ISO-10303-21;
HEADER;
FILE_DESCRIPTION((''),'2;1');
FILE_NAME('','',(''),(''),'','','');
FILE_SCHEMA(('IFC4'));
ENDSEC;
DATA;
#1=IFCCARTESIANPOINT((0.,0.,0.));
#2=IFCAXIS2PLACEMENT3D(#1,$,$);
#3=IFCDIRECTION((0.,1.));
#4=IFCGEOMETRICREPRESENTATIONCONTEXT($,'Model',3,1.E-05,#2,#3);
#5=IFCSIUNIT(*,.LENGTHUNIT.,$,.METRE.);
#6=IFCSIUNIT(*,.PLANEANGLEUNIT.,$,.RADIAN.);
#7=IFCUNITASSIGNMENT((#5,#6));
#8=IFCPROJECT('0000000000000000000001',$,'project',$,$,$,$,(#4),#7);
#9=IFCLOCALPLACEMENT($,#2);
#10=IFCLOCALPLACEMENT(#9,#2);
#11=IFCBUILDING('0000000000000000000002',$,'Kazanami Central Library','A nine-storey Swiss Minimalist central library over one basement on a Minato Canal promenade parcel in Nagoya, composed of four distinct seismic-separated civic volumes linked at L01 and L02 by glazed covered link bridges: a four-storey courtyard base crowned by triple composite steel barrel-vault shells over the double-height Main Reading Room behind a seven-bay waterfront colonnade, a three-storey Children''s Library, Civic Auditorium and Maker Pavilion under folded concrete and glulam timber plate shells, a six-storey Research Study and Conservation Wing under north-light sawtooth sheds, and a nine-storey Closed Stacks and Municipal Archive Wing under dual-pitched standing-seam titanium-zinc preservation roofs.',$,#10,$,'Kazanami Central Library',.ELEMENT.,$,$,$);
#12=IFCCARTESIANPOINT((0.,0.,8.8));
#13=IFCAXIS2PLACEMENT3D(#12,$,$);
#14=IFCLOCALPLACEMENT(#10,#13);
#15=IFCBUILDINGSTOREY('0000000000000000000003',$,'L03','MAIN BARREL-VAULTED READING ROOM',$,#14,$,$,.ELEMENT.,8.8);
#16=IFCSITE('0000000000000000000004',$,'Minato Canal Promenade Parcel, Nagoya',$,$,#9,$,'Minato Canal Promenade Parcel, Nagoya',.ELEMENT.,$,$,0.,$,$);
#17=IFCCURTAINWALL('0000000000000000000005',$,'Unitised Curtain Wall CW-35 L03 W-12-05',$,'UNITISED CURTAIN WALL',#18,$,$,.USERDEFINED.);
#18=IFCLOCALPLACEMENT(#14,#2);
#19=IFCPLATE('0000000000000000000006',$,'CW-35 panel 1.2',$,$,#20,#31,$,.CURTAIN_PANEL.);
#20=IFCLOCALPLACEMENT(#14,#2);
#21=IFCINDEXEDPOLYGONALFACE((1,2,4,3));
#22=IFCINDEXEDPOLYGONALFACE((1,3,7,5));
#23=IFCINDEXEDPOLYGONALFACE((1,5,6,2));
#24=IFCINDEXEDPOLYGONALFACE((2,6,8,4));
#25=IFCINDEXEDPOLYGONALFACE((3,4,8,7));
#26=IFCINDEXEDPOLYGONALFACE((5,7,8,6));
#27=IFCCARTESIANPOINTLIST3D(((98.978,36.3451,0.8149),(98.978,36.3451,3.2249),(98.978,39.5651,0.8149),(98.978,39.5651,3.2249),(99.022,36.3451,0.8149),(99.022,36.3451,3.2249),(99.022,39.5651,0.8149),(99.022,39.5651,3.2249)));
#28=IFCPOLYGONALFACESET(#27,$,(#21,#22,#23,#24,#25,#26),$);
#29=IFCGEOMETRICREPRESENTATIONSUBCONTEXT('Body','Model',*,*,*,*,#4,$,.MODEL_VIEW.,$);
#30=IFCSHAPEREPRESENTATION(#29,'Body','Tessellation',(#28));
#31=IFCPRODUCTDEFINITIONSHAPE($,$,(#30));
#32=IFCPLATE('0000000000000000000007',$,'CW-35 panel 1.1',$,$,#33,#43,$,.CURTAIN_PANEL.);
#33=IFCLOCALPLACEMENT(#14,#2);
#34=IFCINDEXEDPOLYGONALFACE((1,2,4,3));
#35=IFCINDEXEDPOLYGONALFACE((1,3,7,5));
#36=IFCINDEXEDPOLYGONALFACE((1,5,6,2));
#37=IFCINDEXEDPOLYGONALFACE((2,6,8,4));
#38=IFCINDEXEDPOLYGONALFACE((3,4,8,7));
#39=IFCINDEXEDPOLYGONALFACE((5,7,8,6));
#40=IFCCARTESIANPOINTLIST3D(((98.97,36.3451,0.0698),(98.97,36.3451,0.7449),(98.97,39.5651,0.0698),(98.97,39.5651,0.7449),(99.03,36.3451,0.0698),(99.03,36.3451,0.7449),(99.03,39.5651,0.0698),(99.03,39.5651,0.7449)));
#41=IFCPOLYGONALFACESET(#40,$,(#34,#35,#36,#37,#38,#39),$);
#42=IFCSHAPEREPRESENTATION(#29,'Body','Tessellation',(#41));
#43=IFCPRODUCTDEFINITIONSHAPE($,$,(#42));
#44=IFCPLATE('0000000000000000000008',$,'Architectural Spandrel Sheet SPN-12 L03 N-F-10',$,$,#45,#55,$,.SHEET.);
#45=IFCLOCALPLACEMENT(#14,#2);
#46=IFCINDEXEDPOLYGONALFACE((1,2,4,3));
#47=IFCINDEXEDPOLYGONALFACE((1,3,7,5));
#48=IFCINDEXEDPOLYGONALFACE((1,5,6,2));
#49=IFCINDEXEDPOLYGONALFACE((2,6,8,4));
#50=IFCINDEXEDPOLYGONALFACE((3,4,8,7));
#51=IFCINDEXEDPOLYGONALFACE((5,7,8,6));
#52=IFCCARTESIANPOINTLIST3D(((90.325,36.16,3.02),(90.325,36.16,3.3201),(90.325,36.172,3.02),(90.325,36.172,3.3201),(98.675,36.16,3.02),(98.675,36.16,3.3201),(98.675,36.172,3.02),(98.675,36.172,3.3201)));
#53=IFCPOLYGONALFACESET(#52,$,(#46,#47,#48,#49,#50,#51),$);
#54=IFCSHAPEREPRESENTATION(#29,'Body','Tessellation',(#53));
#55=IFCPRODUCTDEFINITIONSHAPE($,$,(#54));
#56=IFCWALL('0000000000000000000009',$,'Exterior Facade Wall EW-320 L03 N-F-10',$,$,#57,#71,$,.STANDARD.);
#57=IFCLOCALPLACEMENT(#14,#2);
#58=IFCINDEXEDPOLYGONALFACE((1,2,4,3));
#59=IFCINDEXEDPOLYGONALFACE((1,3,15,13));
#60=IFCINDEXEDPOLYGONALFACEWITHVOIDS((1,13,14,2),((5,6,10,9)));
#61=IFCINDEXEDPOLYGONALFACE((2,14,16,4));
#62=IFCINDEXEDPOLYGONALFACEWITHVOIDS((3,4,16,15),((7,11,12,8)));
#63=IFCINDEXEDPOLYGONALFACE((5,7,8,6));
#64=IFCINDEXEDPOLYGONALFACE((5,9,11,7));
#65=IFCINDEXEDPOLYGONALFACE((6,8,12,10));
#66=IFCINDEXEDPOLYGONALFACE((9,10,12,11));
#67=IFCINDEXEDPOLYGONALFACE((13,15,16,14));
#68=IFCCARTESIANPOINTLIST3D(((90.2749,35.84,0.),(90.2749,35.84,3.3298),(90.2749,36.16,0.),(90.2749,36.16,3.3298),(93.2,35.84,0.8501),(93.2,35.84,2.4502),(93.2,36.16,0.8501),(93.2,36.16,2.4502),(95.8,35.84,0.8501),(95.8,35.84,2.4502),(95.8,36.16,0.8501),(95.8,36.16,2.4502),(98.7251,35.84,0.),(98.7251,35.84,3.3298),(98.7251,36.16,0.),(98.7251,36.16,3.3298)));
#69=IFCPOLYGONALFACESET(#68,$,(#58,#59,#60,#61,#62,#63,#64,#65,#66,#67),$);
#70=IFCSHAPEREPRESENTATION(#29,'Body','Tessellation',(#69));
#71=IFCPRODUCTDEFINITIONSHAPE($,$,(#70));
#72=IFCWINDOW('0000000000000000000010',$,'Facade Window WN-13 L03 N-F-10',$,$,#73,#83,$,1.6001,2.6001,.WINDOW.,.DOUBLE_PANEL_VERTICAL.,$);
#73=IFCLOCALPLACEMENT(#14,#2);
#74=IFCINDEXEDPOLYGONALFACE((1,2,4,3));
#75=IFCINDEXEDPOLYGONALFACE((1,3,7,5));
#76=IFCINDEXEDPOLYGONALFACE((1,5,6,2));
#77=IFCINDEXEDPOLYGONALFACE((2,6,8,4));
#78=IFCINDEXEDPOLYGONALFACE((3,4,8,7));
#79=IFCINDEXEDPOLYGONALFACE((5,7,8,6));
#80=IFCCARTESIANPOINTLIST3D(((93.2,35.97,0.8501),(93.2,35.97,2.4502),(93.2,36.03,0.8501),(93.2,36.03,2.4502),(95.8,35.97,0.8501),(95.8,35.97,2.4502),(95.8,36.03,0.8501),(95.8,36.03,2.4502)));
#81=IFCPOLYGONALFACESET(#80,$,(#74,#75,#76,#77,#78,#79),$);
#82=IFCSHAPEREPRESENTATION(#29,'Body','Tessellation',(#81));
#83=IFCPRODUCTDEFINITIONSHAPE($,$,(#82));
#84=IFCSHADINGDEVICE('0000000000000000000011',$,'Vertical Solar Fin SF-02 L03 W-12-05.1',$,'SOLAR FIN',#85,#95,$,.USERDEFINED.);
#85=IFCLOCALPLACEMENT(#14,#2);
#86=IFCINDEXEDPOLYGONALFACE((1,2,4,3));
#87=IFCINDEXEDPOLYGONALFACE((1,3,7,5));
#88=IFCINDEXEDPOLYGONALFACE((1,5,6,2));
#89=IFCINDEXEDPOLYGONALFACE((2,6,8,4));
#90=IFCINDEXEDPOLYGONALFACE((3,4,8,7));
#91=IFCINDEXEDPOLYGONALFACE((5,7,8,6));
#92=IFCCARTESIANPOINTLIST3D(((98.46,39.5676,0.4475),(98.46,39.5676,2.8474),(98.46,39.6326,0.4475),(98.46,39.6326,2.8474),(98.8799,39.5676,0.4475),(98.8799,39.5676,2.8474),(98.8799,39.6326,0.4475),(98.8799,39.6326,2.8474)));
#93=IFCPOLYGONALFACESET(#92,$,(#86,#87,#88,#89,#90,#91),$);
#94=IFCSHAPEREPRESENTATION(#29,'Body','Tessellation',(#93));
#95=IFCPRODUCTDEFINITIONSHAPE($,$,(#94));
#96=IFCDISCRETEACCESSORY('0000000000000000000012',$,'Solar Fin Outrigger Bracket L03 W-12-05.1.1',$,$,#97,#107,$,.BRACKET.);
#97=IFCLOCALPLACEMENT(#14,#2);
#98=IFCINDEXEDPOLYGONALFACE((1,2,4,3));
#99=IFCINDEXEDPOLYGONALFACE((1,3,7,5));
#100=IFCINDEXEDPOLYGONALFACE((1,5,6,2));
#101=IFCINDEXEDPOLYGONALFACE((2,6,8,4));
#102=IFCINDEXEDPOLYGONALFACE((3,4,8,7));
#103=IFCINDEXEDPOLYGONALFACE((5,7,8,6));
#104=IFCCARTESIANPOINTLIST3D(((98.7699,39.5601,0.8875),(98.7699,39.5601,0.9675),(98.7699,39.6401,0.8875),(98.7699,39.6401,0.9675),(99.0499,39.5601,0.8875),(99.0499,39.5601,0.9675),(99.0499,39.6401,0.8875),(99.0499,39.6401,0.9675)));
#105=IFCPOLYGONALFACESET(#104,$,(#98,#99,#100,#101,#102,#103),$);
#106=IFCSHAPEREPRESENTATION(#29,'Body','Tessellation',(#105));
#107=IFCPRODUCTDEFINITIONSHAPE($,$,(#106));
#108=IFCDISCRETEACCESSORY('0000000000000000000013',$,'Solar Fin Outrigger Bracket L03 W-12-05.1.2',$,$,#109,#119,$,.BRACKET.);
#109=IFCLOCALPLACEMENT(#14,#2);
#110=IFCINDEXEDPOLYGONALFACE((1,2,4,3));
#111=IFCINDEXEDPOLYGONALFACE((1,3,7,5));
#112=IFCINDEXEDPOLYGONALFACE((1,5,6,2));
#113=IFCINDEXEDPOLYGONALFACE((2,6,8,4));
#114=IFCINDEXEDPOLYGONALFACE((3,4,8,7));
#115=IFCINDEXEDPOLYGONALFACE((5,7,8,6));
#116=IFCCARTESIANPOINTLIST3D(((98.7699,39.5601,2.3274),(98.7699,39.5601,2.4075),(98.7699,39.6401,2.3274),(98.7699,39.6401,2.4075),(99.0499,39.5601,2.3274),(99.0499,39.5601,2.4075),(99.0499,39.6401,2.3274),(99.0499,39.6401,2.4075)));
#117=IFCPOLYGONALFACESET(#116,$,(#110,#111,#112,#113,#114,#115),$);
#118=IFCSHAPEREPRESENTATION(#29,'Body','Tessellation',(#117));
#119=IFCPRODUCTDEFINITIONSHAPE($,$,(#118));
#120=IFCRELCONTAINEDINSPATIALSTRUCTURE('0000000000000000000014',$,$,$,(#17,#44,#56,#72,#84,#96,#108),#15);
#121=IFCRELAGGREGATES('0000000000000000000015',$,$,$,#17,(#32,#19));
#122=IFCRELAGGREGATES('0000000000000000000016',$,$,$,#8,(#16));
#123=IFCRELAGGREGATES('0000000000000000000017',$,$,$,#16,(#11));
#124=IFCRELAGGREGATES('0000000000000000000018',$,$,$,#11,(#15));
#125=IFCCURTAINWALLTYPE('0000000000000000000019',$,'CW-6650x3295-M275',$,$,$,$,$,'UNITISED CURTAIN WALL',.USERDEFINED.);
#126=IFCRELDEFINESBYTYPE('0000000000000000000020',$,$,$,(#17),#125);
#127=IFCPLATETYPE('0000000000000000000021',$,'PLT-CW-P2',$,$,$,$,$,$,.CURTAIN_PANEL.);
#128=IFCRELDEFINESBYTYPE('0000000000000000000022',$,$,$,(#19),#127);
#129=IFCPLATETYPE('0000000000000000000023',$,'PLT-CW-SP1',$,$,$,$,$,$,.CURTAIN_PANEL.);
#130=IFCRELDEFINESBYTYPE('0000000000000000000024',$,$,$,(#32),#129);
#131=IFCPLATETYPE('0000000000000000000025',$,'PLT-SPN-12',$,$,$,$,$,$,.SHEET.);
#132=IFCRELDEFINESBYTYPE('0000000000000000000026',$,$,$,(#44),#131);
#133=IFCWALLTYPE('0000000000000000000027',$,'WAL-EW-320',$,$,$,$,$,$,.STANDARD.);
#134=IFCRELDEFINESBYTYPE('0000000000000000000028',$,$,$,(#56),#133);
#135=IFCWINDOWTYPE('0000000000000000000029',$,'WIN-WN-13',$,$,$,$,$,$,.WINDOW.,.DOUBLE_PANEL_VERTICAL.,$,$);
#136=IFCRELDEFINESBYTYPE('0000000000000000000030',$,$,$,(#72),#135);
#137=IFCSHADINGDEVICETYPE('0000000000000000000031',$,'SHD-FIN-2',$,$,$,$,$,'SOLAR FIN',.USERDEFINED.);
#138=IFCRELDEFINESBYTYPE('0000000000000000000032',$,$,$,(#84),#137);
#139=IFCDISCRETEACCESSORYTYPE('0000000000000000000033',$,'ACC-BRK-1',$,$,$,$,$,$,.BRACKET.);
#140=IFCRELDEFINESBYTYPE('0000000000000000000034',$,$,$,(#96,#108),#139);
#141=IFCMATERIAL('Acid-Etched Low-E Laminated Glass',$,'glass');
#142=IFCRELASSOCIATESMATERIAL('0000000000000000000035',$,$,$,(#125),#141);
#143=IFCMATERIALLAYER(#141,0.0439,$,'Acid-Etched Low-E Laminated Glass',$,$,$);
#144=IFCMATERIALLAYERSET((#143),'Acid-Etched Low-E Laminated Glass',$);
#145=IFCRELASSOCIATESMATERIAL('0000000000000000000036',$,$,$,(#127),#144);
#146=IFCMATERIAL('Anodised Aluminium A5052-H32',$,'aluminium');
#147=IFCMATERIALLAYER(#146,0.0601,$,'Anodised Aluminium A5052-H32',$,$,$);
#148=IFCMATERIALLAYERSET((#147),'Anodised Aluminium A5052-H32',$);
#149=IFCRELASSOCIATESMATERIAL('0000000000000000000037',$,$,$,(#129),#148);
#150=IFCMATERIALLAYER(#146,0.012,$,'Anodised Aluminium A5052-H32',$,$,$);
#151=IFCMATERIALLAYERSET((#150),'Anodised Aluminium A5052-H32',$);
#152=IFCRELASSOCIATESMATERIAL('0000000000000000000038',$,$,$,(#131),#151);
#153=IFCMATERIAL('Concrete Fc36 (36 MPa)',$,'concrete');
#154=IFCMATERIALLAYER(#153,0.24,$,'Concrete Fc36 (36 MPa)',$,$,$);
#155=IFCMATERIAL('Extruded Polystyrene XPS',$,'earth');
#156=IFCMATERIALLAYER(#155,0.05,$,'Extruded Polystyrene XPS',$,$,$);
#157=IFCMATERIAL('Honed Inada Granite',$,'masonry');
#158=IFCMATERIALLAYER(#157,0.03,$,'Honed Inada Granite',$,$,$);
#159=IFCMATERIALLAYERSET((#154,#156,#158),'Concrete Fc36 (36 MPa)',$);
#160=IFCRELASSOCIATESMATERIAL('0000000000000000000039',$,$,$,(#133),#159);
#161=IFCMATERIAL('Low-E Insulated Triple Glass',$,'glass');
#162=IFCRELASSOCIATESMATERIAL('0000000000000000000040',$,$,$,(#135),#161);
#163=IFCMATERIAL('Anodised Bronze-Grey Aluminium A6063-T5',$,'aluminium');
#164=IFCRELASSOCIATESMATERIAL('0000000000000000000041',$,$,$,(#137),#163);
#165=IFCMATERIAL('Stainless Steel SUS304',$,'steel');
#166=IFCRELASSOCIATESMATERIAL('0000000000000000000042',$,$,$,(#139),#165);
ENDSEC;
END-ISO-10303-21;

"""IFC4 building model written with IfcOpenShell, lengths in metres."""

from ifc_helpers import new_model, si_unit, direction, frame, frame_2d, origin, origin_2d, place, context, subcontext, project, spatial, rectangle, extrude, material, layer, layer_set, type_object, element, fill, aggregate, save


model = new_model("IFC4")

# Units and contexts
model_context = context("Model", 3, precision=1e-05, world=origin(), true_north=direction((0.0, 1.0)))
body_context = subcontext(model_context, "Body", "Model", "MODEL_VIEW")
ifc_project = project(units=[si_unit("LENGTHUNIT", "METRE"), si_unit("PLANEANGLEUNIT", "RADIAN")], contexts=[model_context])

# Site, building, storey
site_placement = place(None, origin())
site = spatial("IfcSite", under=ifc_project, at=site_placement, Name="Minato Canal Promenade Parcel, Nagoya", LongName="Minato Canal Promenade Parcel, Nagoya", CompositionType="ELEMENT", RefElevation=0.0)
building_placement = place(site_placement, origin())
building = spatial("IfcBuilding", under=site, at=building_placement, Name="Kazanami Central Library", Description="A nine-storey Swiss Minimalist central library over one basement on a Minato Canal promenade parcel in Nagoya, composed of four distinct seismic-separated civic volumes linked at L01 and L02 by glazed covered link bridges: a four-storey courtyard base crowned by triple composite steel barrel-vault shells over the double-height Main Reading Room behind a seven-bay waterfront colonnade, a three-storey Children's Library, Civic Auditorium and Maker Pavilion under folded concrete and glulam timber plate shells, a six-storey Research Study and Conservation Wing under north-light sawtooth sheds, and a nine-storey Closed Stacks and Municipal Archive Wing under dual-pitched standing-seam titanium-zinc preservation roofs.", LongName="Kazanami Central Library", CompositionType="ELEMENT")
storey_placement = place(building_placement, frame((0.0, 0.0, 8.8)))
storey = spatial("IfcBuildingStorey", under=building, at=storey_placement, Name="L03", Description="MAIN BARREL-VAULTED READING ROOM", CompositionType="ELEMENT", Elevation=8.8)

# Shared definitions
ifc_material_1 = material(Name="Acid-Etched Low-E Laminated Glass", Category="glass")

# Curtain wall, plates
curtain_wall_type_1 = type_object("IfcCurtainWallType", Name="CW-6650x3295-M275", ElementType="UNITISED CURTAIN WALL", PredefinedType="USERDEFINED", material=ifc_material_1)
curtain_wall_1_placement = place(storey_placement, origin())
curtain_wall_1 = element("IfcCurtainWall", 1, at=curtain_wall_1_placement, inside=storey, type_object=curtain_wall_type_1, Name="Unitised Curtain Wall CW-35 L03 W-12-05", ObjectType="UNITISED CURTAIN WALL", PredefinedType="USERDEFINED")
ifc_layer_1 = layer(ifc_material_1, 0.0439, Name="Acid-Etched Low-E Laminated Glass")
ifc_layer_set_1 = layer_set([ifc_layer_1], Name="Acid-Etched Low-E Laminated Glass")
plate_type_1 = type_object("IfcPlateType", Name="PLT-CW-P2", PredefinedType="CURTAIN_PANEL", material=ifc_layer_set_1)
plate_1_placement = place(storey_placement, frame((99.0, 37.9551, 0.8149), z_axis=(0.0, 0.0, 1.0), x_axis=(0.0, 1.0, 0.0)))
plate_1 = element("IfcPlate", 2, at=plate_1_placement, type_object=plate_type_1, Name="CW-35 panel 1.2", PredefinedType="CURTAIN_PANEL", context=body_context, shape_type="SweptSolid", body=[
    extrude(rectangle(XDim=3.22, YDim=0.0439, at=origin_2d()), origin(), (0.0, 0.0, 1.0), 2.4099),
])
ifc_material_2 = material(Name="Anodised Aluminium A5052-H32", Category="aluminium")
ifc_layer_2 = layer(ifc_material_2, 0.0601, Name="Anodised Aluminium A5052-H32")
ifc_layer_set_2 = layer_set([ifc_layer_2], Name="Anodised Aluminium A5052-H32")
plate_type_2 = type_object("IfcPlateType", Name="PLT-CW-SP1", PredefinedType="CURTAIN_PANEL", material=ifc_layer_set_2)
plate_2_placement = place(storey_placement, frame((99.0, 37.9551, 0.0698), z_axis=(0.0, 0.0, 1.0), x_axis=(0.0, 1.0, 0.0)))
plate_2 = element("IfcPlate", 3, at=plate_2_placement, type_object=plate_type_2, Name="CW-35 panel 1.1", PredefinedType="CURTAIN_PANEL", context=body_context, shape_type="SweptSolid", body=[
    extrude(rectangle(XDim=3.22, YDim=0.0601, at=origin_2d()), origin(), (0.0, 0.0, 1.0), 0.675),
])
aggregate(curtain_wall_1, [plate_2, plate_1])

# Plate
ifc_layer_3 = layer(ifc_material_2, 0.012, Name="Anodised Aluminium A5052-H32")
ifc_layer_set_3 = layer_set([ifc_layer_3], Name="Anodised Aluminium A5052-H32")
plate_type_3 = type_object("IfcPlateType", Name="PLT-SPN-12", PredefinedType="SHEET", material=ifc_layer_set_3)
plate_3_placement = place(storey_placement, frame((94.5, 36.166, 3.02), z_axis=(0.0, 0.0, 1.0), x_axis=(-1.0, 0.0, 0.0)))
element("IfcPlate", 4, at=plate_3_placement, inside=storey, type_object=plate_type_3, Name="Architectural Spandrel Sheet SPN-12 L03 N-F-10", PredefinedType="SHEET", context=body_context, shape_type="SweptSolid", body=[
    extrude(rectangle(XDim=8.3501, YDim=0.012, at=origin_2d()), origin(), (0.0, 0.0, 1.0), 0.3),
])

# Wall, opening, window
ifc_material_3 = material(Name="Concrete Fc36 (36 MPa)", Category="concrete")
ifc_layer_4 = layer(ifc_material_3, 0.24, Name="Concrete Fc36 (36 MPa)")
ifc_material_4 = material(Name="Extruded Polystyrene XPS", Category="earth")
ifc_layer_5 = layer(ifc_material_4, 0.05, Name="Extruded Polystyrene XPS")
ifc_material_5 = material(Name="Honed Inada Granite", Category="masonry")
ifc_layer_6 = layer(ifc_material_5, 0.03, Name="Honed Inada Granite")
ifc_layer_set_4 = layer_set([ifc_layer_4, ifc_layer_5, ifc_layer_6], Name="Concrete Fc36 (36 MPa)")
wall_type = type_object("IfcWallType", Name="WAL-EW-320", PredefinedType="STANDARD", material=ifc_layer_set_4)
wall_placement = place(storey_placement, frame((98.7251, 36.0, 0.0), z_axis=(0.0, 0.0, 1.0), x_axis=(-1.0, 0.0, 0.0)))
wall = element("IfcWall", 5, at=wall_placement, inside=storey, type_object=wall_type, Name="Exterior Facade Wall EW-320 L03 N-F-10", PredefinedType="STANDARD", context=body_context, shape_type="SweptSolid", body=[
    extrude(rectangle(XDim=8.4502, YDim=0.3201, at=frame_2d((4.2251, 0.0))), origin(), (0.0, 0.0, 1.0), 3.3298),
])
opening_placement = place(wall_placement, frame((2.925, 0.0, 0.8501)))
opening = element("IfcOpeningElement", 6, at=opening_placement, cuts=wall, PredefinedType="OPENING", context=body_context, shape_type="SweptSolid", body=[
    extrude(rectangle(XDim=2.6001, YDim=1.6001, at=frame_2d((1.3, 0.8))), frame((0.0, 0.1719, 0.0), z_axis=(0.0, -1.0, 0.0), x_axis=(1.0, 0.0, 0.0)), (0.0, 0.0, 1.0), 0.344),
])
ifc_material_6 = material(Name="Low-E Insulated Triple Glass", Category="glass")
window_type = type_object("IfcWindowType", Name="WIN-WN-13", PartitioningType="DOUBLE_PANEL_VERTICAL", PredefinedType="WINDOW", material=ifc_material_6)
window_placement = place(opening_placement, origin())
window = element("IfcWindow", 7, at=window_placement, inside=storey, type_object=window_type, Name="Facade Window WN-13 L03 N-F-10", OverallHeight=1.6001, OverallWidth=2.6001, PartitioningType="DOUBLE_PANEL_VERTICAL", PredefinedType="WINDOW", context=body_context, shape_type="SweptSolid", body=[
    extrude(rectangle(XDim=2.6001, YDim=1.6001, at=frame_2d((1.3, 0.8))), frame((0.0, 0.03, 0.0), z_axis=(0.0, -1.0, 0.0), x_axis=(1.0, 0.0, 0.0)), (0.0, 0.0, 1.0), 0.0601),
])
fill(opening, window)

# Shading device
ifc_material_7 = material(Name="Anodised Bronze-Grey Aluminium A6063-T5", Category="aluminium")
shading_device_type = type_object("IfcShadingDeviceType", Name="SHD-FIN-2", ElementType="SOLAR FIN", PredefinedType="USERDEFINED", material=ifc_material_7)
shading_device_placement = place(storey_placement, frame((98.6699, 39.6001, 0.4475), z_axis=(0.0, 0.0, 1.0), x_axis=(0.0, 1.0, 0.0)))
element("IfcShadingDevice", 8, at=shading_device_placement, inside=storey, type_object=shading_device_type, Name="Vertical Solar Fin SF-02 L03 W-12-05.1", ObjectType="SOLAR FIN", PredefinedType="USERDEFINED", context=body_context, shape_type="SweptSolid", body=[
    extrude(rectangle(XDim=0.0649, YDim=0.4199, at=origin_2d()), origin(), (0.0, 0.0, 1.0), 2.3999),
])

# Discrete accessories
ifc_material_8 = material(Name="Stainless Steel SUS304", Category="steel")
discrete_accessory_type = type_object("IfcDiscreteAccessoryType", Name="ACC-BRK-1", PredefinedType="BRACKET", material=ifc_material_8)
for number, where, z_axis, x_axis, name in (
    (9, (98.9099, 39.6001, 0.8875), (0.0, 0.0, 1.0), (0.0, 1.0, 0.0), "Solar Fin Outrigger Bracket L03 W-12-05.1.1"),
    (10, (98.9099, 39.6001, 2.3274), (0.0, 0.0, 1.0), (0.0, 1.0, 0.0), "Solar Fin Outrigger Bracket L03 W-12-05.1.2"),
):
    element("IfcDiscreteAccessory", number, at=place(storey_placement, frame(where, z_axis=z_axis, x_axis=x_axis)), inside=storey, type_object=discrete_accessory_type, Name=name, PredefinedType="BRACKET", context=body_context, shape_type="SweptSolid", body=[
        extrude(rectangle(XDim=0.0801, YDim=0.28, at=origin_2d()), origin(), (0.0, 0.0, 1.0), 0.0801),
    ])

save(model, "model.ifc")
